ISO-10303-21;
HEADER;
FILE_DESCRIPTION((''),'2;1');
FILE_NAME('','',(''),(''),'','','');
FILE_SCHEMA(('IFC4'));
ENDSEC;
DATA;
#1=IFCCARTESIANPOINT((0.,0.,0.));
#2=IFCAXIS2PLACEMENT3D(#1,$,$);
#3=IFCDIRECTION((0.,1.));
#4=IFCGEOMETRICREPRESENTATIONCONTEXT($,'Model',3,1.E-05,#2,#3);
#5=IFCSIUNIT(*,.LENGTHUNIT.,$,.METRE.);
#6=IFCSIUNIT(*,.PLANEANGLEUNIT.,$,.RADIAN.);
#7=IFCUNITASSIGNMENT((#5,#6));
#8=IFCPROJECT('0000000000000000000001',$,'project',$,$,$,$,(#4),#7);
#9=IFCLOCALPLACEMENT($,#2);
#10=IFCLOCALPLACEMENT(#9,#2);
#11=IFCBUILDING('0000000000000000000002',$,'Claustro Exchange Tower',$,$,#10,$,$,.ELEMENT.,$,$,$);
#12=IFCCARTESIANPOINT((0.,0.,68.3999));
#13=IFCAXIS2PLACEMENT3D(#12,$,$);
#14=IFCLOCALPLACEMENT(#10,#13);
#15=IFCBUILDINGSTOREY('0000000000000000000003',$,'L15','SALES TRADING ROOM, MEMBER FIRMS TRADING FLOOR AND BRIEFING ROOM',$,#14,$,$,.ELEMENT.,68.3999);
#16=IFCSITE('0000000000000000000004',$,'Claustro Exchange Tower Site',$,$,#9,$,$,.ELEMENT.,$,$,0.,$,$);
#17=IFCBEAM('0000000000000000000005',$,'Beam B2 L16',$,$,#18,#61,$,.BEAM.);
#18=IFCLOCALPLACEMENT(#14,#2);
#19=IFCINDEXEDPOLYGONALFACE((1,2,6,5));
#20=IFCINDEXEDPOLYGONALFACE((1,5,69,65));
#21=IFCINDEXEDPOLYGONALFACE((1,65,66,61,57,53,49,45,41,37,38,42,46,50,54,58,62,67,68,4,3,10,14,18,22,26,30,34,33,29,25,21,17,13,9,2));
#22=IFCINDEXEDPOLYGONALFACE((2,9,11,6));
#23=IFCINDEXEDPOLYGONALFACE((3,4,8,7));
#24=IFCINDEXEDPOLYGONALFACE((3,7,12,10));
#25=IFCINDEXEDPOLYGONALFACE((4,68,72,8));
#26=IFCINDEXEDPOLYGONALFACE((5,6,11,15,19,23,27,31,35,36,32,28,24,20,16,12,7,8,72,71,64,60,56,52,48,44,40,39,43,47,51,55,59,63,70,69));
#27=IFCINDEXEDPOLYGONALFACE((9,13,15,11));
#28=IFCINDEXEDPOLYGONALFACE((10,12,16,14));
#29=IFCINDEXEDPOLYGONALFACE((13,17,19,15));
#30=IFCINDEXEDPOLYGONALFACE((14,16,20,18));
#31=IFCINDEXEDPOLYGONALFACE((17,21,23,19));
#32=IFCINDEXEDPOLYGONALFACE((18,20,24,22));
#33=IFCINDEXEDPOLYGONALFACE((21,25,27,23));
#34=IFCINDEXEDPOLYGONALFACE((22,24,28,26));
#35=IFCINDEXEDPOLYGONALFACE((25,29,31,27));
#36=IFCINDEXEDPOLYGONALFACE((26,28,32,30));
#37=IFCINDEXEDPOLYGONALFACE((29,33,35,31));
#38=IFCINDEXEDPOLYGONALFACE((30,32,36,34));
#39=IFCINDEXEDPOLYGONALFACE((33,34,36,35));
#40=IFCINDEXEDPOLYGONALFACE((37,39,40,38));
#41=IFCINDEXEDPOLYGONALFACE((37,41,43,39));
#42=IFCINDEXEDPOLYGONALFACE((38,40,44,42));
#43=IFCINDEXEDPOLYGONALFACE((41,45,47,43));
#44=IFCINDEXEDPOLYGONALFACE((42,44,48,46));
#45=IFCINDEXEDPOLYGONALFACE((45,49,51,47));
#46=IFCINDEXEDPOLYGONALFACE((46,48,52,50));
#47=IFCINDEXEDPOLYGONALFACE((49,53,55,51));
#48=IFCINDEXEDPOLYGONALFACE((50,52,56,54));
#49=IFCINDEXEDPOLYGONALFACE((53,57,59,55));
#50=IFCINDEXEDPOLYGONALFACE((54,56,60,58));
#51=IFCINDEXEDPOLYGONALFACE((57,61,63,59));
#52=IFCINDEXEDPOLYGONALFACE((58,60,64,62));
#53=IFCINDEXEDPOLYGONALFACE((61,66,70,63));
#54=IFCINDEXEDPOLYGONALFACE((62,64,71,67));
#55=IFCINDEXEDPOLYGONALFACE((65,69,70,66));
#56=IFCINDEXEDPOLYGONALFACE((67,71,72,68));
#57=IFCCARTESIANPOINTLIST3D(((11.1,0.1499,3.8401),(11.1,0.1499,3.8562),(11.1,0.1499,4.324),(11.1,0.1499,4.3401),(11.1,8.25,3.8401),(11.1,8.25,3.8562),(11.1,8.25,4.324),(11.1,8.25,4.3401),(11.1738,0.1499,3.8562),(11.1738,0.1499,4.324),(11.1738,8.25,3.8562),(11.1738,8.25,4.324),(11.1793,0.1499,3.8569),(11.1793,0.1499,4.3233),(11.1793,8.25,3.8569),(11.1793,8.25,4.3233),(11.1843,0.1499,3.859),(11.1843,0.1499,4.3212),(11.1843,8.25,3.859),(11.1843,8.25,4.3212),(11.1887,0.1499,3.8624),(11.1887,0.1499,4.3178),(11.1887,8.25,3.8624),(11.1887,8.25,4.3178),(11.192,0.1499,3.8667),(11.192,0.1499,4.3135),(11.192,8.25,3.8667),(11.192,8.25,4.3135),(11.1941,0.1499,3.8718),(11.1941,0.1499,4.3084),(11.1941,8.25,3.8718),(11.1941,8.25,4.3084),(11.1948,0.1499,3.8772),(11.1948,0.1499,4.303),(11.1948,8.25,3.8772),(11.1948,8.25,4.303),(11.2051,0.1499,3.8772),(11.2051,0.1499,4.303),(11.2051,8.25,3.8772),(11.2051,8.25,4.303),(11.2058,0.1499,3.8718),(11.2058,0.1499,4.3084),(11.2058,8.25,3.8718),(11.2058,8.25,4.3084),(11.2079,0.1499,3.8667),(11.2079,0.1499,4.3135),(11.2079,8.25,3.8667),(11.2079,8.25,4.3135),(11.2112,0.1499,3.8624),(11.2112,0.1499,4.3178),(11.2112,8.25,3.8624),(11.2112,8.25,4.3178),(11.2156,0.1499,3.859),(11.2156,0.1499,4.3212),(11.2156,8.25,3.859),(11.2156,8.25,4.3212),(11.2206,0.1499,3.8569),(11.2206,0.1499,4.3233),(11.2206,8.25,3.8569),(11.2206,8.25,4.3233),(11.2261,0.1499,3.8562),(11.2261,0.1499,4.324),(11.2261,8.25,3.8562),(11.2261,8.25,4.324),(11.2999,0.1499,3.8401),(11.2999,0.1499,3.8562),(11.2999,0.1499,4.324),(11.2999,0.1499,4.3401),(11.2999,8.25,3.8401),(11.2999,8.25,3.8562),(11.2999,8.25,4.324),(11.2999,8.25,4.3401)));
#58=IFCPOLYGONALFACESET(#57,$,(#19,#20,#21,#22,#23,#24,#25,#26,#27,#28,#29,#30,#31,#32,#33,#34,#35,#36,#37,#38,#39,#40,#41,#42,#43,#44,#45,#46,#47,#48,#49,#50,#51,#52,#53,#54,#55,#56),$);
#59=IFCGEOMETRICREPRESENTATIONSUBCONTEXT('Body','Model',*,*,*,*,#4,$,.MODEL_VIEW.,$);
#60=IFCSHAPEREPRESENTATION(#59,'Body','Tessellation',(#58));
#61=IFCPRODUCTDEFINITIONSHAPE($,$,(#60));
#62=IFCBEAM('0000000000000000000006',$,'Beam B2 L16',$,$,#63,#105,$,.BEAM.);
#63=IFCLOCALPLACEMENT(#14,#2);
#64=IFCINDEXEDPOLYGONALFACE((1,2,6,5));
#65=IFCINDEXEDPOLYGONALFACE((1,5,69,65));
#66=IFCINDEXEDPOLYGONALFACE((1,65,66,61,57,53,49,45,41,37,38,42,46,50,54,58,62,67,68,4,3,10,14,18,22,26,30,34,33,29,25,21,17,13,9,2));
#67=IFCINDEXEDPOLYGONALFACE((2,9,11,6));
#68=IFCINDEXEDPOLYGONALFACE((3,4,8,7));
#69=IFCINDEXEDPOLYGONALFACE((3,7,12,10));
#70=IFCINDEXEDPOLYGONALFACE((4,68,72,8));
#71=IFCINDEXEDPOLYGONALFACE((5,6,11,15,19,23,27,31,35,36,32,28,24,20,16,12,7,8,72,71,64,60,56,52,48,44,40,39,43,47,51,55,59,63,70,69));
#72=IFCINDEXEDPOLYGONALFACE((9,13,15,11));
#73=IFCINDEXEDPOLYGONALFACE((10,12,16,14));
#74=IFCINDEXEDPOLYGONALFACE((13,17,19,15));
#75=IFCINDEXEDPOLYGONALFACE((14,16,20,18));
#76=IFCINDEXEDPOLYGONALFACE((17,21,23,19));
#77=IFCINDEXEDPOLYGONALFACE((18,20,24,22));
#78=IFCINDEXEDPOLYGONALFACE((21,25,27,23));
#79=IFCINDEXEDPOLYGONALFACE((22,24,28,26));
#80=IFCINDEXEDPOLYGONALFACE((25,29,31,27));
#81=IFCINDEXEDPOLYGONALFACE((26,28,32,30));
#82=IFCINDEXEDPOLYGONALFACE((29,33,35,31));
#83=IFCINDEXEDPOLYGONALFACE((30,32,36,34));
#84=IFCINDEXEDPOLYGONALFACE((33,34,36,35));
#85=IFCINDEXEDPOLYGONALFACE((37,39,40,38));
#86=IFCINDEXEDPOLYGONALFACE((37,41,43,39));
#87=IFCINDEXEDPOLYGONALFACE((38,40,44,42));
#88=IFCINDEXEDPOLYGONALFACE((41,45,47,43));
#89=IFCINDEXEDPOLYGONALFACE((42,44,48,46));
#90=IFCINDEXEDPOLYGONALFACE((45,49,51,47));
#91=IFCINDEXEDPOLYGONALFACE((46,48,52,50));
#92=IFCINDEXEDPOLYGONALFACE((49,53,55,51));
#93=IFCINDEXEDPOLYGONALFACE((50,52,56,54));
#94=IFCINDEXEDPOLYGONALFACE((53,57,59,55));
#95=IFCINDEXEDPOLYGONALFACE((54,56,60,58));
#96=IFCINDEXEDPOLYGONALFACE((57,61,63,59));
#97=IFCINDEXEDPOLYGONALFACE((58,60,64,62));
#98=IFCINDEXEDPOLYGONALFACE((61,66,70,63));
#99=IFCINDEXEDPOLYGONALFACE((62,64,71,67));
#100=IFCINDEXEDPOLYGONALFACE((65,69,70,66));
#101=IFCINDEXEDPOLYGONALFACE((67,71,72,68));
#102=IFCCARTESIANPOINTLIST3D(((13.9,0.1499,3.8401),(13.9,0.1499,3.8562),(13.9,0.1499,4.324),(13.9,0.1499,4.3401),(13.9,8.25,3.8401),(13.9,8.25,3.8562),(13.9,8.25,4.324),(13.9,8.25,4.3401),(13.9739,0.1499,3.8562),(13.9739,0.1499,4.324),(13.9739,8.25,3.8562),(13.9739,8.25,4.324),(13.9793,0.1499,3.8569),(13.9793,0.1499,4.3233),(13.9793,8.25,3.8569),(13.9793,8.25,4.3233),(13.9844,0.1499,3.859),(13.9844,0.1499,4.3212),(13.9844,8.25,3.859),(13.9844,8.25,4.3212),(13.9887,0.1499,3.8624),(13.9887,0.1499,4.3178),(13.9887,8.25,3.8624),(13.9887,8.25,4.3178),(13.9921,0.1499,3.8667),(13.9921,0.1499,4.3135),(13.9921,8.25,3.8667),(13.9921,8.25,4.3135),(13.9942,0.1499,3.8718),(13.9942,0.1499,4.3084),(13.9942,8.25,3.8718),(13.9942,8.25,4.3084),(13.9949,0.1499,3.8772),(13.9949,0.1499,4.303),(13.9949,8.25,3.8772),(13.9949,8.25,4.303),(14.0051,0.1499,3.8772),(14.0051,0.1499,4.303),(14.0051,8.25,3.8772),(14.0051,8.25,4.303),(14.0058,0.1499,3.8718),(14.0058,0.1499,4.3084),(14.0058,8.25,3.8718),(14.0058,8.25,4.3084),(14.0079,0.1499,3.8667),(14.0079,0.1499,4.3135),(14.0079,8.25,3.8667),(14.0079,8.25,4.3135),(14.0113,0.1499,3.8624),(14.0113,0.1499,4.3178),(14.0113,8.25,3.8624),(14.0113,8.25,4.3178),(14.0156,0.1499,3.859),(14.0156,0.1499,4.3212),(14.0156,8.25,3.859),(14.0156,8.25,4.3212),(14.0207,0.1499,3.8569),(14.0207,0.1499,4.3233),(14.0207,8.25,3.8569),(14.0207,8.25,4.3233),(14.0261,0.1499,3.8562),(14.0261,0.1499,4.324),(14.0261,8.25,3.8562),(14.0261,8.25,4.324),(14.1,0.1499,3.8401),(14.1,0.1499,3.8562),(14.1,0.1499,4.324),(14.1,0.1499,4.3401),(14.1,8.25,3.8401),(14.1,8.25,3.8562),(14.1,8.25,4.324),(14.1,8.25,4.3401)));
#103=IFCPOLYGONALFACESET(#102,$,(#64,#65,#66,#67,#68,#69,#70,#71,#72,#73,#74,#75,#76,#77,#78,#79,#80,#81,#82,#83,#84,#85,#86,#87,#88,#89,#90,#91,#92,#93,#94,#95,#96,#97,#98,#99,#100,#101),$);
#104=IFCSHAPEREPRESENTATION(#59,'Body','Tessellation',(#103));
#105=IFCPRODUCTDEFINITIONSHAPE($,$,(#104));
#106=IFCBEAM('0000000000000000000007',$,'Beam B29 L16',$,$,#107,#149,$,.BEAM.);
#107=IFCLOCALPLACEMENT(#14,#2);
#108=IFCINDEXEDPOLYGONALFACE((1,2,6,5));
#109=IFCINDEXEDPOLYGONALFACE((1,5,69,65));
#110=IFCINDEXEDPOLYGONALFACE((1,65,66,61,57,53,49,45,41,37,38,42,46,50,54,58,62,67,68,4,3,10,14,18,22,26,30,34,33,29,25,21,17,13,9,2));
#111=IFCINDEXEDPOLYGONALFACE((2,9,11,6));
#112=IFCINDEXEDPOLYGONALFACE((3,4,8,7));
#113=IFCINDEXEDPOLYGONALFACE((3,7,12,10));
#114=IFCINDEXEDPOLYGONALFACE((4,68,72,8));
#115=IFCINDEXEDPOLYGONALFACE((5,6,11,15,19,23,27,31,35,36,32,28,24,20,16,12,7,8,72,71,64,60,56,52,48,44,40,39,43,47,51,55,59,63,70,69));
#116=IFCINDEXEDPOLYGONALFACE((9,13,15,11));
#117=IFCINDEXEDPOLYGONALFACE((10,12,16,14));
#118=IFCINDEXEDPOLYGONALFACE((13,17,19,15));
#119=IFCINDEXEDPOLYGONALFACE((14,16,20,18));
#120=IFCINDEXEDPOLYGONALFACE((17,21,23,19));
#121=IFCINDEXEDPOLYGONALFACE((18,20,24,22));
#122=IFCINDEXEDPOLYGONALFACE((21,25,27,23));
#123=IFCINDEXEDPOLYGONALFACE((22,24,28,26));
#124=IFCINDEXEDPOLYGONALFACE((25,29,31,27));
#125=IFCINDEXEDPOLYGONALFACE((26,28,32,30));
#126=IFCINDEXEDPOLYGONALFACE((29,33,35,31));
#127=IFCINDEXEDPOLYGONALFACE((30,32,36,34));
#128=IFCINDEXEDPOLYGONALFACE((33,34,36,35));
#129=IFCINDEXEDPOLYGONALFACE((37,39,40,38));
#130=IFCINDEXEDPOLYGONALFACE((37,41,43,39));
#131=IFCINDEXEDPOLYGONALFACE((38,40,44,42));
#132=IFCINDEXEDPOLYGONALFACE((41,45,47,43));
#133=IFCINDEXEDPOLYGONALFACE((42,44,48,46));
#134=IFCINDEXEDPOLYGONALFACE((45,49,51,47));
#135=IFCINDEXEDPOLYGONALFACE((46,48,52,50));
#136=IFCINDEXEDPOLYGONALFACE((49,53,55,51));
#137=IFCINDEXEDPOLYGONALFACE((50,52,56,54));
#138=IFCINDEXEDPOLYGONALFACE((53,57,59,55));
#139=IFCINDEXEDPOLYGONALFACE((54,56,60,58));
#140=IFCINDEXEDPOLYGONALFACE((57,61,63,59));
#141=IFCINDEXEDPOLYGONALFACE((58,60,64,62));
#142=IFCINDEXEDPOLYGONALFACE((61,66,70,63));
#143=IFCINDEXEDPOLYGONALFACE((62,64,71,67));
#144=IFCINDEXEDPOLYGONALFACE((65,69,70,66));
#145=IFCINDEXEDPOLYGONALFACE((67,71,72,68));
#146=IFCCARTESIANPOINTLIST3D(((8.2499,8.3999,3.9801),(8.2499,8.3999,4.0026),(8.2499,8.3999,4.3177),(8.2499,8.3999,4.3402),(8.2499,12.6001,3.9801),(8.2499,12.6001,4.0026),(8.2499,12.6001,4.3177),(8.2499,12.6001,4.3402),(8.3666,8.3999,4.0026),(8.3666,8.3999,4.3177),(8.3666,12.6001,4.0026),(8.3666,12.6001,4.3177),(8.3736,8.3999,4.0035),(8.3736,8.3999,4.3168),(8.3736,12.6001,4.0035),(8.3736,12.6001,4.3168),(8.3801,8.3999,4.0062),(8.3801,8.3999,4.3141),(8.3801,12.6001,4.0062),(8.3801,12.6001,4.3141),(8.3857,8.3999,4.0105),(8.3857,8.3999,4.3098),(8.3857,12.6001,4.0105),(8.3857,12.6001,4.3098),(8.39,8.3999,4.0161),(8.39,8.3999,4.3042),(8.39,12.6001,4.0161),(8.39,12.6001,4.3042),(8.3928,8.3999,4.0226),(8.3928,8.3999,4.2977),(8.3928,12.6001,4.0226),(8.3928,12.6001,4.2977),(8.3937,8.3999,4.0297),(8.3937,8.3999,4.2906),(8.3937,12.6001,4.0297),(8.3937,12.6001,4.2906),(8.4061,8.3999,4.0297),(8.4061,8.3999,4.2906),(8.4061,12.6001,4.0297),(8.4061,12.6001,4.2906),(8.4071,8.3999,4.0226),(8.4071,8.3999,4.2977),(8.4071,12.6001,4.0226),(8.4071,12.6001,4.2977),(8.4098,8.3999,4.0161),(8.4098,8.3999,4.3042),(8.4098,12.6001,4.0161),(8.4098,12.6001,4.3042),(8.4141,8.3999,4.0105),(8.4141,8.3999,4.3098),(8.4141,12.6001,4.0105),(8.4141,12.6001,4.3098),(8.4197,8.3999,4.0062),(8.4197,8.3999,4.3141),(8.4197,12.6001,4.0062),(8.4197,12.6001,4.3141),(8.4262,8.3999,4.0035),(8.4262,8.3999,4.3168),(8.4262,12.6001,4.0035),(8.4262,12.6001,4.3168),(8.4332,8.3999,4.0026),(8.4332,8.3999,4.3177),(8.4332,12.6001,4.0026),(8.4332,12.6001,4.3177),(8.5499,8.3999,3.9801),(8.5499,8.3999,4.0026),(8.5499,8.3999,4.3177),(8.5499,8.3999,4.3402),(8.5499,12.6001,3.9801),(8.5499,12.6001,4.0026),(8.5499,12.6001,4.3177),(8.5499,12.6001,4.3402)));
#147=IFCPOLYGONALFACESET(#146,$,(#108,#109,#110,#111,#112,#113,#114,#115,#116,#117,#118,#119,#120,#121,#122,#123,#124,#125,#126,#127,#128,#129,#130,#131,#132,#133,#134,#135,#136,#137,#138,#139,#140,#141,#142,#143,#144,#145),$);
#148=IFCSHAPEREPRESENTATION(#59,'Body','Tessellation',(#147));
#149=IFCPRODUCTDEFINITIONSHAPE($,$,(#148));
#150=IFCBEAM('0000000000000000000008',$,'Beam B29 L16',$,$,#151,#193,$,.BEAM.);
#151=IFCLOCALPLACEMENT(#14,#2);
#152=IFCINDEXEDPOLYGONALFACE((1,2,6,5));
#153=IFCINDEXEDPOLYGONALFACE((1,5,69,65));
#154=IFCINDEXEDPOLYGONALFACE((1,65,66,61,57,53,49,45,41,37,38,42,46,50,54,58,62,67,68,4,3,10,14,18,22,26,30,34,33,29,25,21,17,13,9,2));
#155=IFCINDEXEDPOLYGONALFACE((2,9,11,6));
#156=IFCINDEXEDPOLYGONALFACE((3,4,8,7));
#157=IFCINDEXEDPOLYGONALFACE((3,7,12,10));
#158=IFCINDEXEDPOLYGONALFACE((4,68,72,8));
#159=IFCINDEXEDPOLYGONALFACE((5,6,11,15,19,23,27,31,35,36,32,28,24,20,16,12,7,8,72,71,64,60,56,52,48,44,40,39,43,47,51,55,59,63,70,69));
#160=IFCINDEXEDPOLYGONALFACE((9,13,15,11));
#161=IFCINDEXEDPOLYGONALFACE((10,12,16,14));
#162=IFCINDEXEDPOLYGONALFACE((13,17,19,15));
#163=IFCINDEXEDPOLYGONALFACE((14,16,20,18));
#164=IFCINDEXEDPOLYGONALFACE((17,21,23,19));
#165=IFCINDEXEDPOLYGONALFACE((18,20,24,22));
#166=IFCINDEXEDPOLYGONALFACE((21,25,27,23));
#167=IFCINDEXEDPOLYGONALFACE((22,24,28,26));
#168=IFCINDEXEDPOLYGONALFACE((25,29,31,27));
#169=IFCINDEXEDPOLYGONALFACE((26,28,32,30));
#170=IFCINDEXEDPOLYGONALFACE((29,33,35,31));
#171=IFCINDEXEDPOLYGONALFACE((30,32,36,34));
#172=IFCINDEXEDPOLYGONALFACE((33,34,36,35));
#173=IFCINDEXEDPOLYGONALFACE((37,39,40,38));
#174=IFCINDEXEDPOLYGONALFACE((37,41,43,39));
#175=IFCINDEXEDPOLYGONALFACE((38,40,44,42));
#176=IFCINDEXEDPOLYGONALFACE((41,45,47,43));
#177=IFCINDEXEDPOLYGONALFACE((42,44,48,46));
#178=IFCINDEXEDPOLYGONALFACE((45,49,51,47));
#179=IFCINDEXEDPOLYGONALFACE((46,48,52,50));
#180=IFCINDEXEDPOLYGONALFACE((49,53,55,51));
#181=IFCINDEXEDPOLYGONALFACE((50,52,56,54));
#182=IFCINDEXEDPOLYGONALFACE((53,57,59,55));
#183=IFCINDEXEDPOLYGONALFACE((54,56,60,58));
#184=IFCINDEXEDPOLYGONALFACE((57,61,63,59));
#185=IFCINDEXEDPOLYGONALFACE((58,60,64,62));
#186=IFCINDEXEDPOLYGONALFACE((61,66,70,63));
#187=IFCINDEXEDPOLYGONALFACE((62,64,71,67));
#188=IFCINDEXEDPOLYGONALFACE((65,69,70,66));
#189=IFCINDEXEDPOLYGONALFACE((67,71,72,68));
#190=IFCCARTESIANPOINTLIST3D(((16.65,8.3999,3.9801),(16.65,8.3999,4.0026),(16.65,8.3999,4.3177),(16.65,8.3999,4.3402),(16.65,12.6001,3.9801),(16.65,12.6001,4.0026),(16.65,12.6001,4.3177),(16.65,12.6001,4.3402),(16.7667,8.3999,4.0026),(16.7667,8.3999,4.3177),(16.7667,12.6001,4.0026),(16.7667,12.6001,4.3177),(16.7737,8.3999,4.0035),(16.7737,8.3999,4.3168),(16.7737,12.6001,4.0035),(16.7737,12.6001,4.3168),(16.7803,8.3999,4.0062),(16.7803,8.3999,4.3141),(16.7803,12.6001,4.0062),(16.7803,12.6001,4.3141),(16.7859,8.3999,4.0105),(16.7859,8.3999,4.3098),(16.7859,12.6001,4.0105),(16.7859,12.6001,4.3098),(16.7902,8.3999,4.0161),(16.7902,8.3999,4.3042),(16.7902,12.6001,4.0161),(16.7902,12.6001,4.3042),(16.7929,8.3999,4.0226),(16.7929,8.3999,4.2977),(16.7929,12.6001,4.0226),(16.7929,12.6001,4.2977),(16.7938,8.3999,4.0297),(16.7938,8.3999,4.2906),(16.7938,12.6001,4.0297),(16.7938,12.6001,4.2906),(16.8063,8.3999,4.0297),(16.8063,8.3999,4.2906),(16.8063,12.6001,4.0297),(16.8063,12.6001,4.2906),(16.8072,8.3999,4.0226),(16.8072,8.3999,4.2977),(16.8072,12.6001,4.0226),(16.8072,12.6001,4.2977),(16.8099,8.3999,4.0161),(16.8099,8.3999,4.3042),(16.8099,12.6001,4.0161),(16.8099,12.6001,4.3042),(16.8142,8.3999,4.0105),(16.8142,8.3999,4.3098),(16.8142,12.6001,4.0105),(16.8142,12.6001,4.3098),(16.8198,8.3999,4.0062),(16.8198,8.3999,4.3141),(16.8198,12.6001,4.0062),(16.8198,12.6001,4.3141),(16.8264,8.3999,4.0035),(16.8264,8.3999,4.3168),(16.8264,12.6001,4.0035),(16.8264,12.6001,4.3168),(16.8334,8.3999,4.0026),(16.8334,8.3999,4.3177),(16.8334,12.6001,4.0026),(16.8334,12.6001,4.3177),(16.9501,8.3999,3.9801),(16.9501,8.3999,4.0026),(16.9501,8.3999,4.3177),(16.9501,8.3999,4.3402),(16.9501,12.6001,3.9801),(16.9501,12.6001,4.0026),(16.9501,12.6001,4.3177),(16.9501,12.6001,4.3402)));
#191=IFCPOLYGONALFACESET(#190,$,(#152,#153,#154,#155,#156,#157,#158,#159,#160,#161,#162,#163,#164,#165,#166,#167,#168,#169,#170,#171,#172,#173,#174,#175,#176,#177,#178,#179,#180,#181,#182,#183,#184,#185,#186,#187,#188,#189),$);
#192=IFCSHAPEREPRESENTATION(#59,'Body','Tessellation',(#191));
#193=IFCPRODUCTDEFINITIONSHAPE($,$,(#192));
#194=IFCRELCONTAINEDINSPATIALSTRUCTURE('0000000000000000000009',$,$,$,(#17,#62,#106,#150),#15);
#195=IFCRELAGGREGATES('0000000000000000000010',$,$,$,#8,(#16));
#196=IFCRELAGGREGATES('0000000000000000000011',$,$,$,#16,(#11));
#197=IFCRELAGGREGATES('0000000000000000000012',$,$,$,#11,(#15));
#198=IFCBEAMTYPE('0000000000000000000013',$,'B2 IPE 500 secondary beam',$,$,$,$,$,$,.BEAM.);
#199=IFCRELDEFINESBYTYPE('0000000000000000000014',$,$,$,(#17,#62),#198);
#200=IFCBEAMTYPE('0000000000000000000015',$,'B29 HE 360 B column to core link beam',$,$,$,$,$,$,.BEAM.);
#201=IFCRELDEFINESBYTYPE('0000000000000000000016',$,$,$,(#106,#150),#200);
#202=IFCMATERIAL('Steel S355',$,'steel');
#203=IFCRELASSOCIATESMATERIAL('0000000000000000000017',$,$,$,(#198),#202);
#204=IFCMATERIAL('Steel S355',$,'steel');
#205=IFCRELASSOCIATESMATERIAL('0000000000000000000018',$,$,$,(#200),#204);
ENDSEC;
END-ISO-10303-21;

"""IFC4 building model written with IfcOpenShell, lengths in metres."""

from ifc_helpers import new_model, si_unit, direction, frame, origin, origin_2d, place, context, subcontext, project, spatial, i_section, extrude, material, material_profile, profile_set, type_object, element, save


model = new_model("IFC4")

# Units and contexts
model_context = context("Model", 3, precision=1e-05, world=origin(), true_north=direction((0.0, 1.0)))
body_context = subcontext(model_context, "Body", "Model", "MODEL_VIEW")
ifc_project = project(units=[si_unit("LENGTHUNIT", "METRE"), si_unit("PLANEANGLEUNIT", "RADIAN")], contexts=[model_context])

# Site, building, storey
site_placement = place(None, origin())
site = spatial("IfcSite", under=ifc_project, at=site_placement, Name="Claustro Exchange Tower Site", CompositionType="ELEMENT", RefElevation=0.0)
building_placement = place(site_placement, origin())
building = spatial("IfcBuilding", under=site, at=building_placement, Name="Claustro Exchange Tower", CompositionType="ELEMENT")
storey_placement = place(building_placement, frame((0.0, 0.0, 68.3999)))
storey = spatial("IfcBuildingStorey", under=building, at=storey_placement, Name="L15", Description="SALES TRADING ROOM, MEMBER FIRMS TRADING FLOOR AND BRIEFING ROOM", CompositionType="ELEMENT", Elevation=68.3999)

# Beams
ifc_material_1 = material(Name="Steel S355", Category="steel")
ifc_material_profile_1 = material_profile(ifc_material_1, i_section(OverallWidth=0.2, OverallDepth=0.5, WebThickness=0.0103, FlangeThickness=0.0161, FilletRadius=0.021, at=origin_2d()), Name="IPE 500")
ifc_profile_set_1 = profile_set([ifc_material_profile_1], Name="Steel S355")
beam_type_1 = type_object("IfcBeamType", Name="B2 IPE 500 secondary beam", PredefinedType="BEAM", material=ifc_profile_set_1)
for number, where, z_axis, x_axis, name in (
    (1, (11.2, 0.1499, 4.0901), (0.0, 1.0, 0.0), (-1.0, 0.0, 0.0), "Beam B2 L16"),
    (2, (14.0, 0.1499, 4.0901), (0.0, 1.0, 0.0), (-1.0, 0.0, 0.0), "Beam B2 L16"),
):
    element("IfcBeam", number, at=place(storey_placement, frame(where, z_axis=z_axis, x_axis=x_axis)), inside=storey, type_object=beam_type_1, Name=name, PredefinedType="BEAM", context=body_context, shape_type="SweptSolid", body=[
        extrude(i_section(OverallWidth=0.2, OverallDepth=0.5, WebThickness=0.0103, FlangeThickness=0.0161, FilletRadius=0.021, at=origin_2d()), origin(), (0.0, 0.0, 1.0), 8.1001),
    ])
ifc_material_2 = material(Name="Steel S355", Category="steel")
ifc_material_profile_2 = material_profile(ifc_material_2, i_section(OverallWidth=0.3, OverallDepth=0.3601, WebThickness=0.0125, FlangeThickness=0.0225, FilletRadius=0.0271, at=origin_2d()), Name="HE 360 B")
ifc_profile_set_2 = profile_set([ifc_material_profile_2], Name="Steel S355")
beam_type_2 = type_object("IfcBeamType", Name="B29 HE 360 B column to core link beam", PredefinedType="BEAM", material=ifc_profile_set_2)
for number, where, z_axis, x_axis, name in (
    (3, (8.3999, 8.3999, 4.1602), (0.0, 1.0, 0.0), (-1.0, 0.0, 0.0), "Beam B29 L16"),
    (4, (16.8, 8.3999, 4.1602), (0.0, 1.0, 0.0), (-1.0, 0.0, 0.0), "Beam B29 L16"),
):
    element("IfcBeam", number, at=place(storey_placement, frame(where, z_axis=z_axis, x_axis=x_axis)), inside=storey, type_object=beam_type_2, Name=name, PredefinedType="BEAM", context=body_context, shape_type="SweptSolid", body=[
        extrude(i_section(OverallWidth=0.3, OverallDepth=0.3601, WebThickness=0.0125, FlangeThickness=0.0225, FilletRadius=0.0271, at=origin_2d()), origin(), (0.0, 0.0, 1.0), 4.2002),
    ])

save(model, "model.ifc")
